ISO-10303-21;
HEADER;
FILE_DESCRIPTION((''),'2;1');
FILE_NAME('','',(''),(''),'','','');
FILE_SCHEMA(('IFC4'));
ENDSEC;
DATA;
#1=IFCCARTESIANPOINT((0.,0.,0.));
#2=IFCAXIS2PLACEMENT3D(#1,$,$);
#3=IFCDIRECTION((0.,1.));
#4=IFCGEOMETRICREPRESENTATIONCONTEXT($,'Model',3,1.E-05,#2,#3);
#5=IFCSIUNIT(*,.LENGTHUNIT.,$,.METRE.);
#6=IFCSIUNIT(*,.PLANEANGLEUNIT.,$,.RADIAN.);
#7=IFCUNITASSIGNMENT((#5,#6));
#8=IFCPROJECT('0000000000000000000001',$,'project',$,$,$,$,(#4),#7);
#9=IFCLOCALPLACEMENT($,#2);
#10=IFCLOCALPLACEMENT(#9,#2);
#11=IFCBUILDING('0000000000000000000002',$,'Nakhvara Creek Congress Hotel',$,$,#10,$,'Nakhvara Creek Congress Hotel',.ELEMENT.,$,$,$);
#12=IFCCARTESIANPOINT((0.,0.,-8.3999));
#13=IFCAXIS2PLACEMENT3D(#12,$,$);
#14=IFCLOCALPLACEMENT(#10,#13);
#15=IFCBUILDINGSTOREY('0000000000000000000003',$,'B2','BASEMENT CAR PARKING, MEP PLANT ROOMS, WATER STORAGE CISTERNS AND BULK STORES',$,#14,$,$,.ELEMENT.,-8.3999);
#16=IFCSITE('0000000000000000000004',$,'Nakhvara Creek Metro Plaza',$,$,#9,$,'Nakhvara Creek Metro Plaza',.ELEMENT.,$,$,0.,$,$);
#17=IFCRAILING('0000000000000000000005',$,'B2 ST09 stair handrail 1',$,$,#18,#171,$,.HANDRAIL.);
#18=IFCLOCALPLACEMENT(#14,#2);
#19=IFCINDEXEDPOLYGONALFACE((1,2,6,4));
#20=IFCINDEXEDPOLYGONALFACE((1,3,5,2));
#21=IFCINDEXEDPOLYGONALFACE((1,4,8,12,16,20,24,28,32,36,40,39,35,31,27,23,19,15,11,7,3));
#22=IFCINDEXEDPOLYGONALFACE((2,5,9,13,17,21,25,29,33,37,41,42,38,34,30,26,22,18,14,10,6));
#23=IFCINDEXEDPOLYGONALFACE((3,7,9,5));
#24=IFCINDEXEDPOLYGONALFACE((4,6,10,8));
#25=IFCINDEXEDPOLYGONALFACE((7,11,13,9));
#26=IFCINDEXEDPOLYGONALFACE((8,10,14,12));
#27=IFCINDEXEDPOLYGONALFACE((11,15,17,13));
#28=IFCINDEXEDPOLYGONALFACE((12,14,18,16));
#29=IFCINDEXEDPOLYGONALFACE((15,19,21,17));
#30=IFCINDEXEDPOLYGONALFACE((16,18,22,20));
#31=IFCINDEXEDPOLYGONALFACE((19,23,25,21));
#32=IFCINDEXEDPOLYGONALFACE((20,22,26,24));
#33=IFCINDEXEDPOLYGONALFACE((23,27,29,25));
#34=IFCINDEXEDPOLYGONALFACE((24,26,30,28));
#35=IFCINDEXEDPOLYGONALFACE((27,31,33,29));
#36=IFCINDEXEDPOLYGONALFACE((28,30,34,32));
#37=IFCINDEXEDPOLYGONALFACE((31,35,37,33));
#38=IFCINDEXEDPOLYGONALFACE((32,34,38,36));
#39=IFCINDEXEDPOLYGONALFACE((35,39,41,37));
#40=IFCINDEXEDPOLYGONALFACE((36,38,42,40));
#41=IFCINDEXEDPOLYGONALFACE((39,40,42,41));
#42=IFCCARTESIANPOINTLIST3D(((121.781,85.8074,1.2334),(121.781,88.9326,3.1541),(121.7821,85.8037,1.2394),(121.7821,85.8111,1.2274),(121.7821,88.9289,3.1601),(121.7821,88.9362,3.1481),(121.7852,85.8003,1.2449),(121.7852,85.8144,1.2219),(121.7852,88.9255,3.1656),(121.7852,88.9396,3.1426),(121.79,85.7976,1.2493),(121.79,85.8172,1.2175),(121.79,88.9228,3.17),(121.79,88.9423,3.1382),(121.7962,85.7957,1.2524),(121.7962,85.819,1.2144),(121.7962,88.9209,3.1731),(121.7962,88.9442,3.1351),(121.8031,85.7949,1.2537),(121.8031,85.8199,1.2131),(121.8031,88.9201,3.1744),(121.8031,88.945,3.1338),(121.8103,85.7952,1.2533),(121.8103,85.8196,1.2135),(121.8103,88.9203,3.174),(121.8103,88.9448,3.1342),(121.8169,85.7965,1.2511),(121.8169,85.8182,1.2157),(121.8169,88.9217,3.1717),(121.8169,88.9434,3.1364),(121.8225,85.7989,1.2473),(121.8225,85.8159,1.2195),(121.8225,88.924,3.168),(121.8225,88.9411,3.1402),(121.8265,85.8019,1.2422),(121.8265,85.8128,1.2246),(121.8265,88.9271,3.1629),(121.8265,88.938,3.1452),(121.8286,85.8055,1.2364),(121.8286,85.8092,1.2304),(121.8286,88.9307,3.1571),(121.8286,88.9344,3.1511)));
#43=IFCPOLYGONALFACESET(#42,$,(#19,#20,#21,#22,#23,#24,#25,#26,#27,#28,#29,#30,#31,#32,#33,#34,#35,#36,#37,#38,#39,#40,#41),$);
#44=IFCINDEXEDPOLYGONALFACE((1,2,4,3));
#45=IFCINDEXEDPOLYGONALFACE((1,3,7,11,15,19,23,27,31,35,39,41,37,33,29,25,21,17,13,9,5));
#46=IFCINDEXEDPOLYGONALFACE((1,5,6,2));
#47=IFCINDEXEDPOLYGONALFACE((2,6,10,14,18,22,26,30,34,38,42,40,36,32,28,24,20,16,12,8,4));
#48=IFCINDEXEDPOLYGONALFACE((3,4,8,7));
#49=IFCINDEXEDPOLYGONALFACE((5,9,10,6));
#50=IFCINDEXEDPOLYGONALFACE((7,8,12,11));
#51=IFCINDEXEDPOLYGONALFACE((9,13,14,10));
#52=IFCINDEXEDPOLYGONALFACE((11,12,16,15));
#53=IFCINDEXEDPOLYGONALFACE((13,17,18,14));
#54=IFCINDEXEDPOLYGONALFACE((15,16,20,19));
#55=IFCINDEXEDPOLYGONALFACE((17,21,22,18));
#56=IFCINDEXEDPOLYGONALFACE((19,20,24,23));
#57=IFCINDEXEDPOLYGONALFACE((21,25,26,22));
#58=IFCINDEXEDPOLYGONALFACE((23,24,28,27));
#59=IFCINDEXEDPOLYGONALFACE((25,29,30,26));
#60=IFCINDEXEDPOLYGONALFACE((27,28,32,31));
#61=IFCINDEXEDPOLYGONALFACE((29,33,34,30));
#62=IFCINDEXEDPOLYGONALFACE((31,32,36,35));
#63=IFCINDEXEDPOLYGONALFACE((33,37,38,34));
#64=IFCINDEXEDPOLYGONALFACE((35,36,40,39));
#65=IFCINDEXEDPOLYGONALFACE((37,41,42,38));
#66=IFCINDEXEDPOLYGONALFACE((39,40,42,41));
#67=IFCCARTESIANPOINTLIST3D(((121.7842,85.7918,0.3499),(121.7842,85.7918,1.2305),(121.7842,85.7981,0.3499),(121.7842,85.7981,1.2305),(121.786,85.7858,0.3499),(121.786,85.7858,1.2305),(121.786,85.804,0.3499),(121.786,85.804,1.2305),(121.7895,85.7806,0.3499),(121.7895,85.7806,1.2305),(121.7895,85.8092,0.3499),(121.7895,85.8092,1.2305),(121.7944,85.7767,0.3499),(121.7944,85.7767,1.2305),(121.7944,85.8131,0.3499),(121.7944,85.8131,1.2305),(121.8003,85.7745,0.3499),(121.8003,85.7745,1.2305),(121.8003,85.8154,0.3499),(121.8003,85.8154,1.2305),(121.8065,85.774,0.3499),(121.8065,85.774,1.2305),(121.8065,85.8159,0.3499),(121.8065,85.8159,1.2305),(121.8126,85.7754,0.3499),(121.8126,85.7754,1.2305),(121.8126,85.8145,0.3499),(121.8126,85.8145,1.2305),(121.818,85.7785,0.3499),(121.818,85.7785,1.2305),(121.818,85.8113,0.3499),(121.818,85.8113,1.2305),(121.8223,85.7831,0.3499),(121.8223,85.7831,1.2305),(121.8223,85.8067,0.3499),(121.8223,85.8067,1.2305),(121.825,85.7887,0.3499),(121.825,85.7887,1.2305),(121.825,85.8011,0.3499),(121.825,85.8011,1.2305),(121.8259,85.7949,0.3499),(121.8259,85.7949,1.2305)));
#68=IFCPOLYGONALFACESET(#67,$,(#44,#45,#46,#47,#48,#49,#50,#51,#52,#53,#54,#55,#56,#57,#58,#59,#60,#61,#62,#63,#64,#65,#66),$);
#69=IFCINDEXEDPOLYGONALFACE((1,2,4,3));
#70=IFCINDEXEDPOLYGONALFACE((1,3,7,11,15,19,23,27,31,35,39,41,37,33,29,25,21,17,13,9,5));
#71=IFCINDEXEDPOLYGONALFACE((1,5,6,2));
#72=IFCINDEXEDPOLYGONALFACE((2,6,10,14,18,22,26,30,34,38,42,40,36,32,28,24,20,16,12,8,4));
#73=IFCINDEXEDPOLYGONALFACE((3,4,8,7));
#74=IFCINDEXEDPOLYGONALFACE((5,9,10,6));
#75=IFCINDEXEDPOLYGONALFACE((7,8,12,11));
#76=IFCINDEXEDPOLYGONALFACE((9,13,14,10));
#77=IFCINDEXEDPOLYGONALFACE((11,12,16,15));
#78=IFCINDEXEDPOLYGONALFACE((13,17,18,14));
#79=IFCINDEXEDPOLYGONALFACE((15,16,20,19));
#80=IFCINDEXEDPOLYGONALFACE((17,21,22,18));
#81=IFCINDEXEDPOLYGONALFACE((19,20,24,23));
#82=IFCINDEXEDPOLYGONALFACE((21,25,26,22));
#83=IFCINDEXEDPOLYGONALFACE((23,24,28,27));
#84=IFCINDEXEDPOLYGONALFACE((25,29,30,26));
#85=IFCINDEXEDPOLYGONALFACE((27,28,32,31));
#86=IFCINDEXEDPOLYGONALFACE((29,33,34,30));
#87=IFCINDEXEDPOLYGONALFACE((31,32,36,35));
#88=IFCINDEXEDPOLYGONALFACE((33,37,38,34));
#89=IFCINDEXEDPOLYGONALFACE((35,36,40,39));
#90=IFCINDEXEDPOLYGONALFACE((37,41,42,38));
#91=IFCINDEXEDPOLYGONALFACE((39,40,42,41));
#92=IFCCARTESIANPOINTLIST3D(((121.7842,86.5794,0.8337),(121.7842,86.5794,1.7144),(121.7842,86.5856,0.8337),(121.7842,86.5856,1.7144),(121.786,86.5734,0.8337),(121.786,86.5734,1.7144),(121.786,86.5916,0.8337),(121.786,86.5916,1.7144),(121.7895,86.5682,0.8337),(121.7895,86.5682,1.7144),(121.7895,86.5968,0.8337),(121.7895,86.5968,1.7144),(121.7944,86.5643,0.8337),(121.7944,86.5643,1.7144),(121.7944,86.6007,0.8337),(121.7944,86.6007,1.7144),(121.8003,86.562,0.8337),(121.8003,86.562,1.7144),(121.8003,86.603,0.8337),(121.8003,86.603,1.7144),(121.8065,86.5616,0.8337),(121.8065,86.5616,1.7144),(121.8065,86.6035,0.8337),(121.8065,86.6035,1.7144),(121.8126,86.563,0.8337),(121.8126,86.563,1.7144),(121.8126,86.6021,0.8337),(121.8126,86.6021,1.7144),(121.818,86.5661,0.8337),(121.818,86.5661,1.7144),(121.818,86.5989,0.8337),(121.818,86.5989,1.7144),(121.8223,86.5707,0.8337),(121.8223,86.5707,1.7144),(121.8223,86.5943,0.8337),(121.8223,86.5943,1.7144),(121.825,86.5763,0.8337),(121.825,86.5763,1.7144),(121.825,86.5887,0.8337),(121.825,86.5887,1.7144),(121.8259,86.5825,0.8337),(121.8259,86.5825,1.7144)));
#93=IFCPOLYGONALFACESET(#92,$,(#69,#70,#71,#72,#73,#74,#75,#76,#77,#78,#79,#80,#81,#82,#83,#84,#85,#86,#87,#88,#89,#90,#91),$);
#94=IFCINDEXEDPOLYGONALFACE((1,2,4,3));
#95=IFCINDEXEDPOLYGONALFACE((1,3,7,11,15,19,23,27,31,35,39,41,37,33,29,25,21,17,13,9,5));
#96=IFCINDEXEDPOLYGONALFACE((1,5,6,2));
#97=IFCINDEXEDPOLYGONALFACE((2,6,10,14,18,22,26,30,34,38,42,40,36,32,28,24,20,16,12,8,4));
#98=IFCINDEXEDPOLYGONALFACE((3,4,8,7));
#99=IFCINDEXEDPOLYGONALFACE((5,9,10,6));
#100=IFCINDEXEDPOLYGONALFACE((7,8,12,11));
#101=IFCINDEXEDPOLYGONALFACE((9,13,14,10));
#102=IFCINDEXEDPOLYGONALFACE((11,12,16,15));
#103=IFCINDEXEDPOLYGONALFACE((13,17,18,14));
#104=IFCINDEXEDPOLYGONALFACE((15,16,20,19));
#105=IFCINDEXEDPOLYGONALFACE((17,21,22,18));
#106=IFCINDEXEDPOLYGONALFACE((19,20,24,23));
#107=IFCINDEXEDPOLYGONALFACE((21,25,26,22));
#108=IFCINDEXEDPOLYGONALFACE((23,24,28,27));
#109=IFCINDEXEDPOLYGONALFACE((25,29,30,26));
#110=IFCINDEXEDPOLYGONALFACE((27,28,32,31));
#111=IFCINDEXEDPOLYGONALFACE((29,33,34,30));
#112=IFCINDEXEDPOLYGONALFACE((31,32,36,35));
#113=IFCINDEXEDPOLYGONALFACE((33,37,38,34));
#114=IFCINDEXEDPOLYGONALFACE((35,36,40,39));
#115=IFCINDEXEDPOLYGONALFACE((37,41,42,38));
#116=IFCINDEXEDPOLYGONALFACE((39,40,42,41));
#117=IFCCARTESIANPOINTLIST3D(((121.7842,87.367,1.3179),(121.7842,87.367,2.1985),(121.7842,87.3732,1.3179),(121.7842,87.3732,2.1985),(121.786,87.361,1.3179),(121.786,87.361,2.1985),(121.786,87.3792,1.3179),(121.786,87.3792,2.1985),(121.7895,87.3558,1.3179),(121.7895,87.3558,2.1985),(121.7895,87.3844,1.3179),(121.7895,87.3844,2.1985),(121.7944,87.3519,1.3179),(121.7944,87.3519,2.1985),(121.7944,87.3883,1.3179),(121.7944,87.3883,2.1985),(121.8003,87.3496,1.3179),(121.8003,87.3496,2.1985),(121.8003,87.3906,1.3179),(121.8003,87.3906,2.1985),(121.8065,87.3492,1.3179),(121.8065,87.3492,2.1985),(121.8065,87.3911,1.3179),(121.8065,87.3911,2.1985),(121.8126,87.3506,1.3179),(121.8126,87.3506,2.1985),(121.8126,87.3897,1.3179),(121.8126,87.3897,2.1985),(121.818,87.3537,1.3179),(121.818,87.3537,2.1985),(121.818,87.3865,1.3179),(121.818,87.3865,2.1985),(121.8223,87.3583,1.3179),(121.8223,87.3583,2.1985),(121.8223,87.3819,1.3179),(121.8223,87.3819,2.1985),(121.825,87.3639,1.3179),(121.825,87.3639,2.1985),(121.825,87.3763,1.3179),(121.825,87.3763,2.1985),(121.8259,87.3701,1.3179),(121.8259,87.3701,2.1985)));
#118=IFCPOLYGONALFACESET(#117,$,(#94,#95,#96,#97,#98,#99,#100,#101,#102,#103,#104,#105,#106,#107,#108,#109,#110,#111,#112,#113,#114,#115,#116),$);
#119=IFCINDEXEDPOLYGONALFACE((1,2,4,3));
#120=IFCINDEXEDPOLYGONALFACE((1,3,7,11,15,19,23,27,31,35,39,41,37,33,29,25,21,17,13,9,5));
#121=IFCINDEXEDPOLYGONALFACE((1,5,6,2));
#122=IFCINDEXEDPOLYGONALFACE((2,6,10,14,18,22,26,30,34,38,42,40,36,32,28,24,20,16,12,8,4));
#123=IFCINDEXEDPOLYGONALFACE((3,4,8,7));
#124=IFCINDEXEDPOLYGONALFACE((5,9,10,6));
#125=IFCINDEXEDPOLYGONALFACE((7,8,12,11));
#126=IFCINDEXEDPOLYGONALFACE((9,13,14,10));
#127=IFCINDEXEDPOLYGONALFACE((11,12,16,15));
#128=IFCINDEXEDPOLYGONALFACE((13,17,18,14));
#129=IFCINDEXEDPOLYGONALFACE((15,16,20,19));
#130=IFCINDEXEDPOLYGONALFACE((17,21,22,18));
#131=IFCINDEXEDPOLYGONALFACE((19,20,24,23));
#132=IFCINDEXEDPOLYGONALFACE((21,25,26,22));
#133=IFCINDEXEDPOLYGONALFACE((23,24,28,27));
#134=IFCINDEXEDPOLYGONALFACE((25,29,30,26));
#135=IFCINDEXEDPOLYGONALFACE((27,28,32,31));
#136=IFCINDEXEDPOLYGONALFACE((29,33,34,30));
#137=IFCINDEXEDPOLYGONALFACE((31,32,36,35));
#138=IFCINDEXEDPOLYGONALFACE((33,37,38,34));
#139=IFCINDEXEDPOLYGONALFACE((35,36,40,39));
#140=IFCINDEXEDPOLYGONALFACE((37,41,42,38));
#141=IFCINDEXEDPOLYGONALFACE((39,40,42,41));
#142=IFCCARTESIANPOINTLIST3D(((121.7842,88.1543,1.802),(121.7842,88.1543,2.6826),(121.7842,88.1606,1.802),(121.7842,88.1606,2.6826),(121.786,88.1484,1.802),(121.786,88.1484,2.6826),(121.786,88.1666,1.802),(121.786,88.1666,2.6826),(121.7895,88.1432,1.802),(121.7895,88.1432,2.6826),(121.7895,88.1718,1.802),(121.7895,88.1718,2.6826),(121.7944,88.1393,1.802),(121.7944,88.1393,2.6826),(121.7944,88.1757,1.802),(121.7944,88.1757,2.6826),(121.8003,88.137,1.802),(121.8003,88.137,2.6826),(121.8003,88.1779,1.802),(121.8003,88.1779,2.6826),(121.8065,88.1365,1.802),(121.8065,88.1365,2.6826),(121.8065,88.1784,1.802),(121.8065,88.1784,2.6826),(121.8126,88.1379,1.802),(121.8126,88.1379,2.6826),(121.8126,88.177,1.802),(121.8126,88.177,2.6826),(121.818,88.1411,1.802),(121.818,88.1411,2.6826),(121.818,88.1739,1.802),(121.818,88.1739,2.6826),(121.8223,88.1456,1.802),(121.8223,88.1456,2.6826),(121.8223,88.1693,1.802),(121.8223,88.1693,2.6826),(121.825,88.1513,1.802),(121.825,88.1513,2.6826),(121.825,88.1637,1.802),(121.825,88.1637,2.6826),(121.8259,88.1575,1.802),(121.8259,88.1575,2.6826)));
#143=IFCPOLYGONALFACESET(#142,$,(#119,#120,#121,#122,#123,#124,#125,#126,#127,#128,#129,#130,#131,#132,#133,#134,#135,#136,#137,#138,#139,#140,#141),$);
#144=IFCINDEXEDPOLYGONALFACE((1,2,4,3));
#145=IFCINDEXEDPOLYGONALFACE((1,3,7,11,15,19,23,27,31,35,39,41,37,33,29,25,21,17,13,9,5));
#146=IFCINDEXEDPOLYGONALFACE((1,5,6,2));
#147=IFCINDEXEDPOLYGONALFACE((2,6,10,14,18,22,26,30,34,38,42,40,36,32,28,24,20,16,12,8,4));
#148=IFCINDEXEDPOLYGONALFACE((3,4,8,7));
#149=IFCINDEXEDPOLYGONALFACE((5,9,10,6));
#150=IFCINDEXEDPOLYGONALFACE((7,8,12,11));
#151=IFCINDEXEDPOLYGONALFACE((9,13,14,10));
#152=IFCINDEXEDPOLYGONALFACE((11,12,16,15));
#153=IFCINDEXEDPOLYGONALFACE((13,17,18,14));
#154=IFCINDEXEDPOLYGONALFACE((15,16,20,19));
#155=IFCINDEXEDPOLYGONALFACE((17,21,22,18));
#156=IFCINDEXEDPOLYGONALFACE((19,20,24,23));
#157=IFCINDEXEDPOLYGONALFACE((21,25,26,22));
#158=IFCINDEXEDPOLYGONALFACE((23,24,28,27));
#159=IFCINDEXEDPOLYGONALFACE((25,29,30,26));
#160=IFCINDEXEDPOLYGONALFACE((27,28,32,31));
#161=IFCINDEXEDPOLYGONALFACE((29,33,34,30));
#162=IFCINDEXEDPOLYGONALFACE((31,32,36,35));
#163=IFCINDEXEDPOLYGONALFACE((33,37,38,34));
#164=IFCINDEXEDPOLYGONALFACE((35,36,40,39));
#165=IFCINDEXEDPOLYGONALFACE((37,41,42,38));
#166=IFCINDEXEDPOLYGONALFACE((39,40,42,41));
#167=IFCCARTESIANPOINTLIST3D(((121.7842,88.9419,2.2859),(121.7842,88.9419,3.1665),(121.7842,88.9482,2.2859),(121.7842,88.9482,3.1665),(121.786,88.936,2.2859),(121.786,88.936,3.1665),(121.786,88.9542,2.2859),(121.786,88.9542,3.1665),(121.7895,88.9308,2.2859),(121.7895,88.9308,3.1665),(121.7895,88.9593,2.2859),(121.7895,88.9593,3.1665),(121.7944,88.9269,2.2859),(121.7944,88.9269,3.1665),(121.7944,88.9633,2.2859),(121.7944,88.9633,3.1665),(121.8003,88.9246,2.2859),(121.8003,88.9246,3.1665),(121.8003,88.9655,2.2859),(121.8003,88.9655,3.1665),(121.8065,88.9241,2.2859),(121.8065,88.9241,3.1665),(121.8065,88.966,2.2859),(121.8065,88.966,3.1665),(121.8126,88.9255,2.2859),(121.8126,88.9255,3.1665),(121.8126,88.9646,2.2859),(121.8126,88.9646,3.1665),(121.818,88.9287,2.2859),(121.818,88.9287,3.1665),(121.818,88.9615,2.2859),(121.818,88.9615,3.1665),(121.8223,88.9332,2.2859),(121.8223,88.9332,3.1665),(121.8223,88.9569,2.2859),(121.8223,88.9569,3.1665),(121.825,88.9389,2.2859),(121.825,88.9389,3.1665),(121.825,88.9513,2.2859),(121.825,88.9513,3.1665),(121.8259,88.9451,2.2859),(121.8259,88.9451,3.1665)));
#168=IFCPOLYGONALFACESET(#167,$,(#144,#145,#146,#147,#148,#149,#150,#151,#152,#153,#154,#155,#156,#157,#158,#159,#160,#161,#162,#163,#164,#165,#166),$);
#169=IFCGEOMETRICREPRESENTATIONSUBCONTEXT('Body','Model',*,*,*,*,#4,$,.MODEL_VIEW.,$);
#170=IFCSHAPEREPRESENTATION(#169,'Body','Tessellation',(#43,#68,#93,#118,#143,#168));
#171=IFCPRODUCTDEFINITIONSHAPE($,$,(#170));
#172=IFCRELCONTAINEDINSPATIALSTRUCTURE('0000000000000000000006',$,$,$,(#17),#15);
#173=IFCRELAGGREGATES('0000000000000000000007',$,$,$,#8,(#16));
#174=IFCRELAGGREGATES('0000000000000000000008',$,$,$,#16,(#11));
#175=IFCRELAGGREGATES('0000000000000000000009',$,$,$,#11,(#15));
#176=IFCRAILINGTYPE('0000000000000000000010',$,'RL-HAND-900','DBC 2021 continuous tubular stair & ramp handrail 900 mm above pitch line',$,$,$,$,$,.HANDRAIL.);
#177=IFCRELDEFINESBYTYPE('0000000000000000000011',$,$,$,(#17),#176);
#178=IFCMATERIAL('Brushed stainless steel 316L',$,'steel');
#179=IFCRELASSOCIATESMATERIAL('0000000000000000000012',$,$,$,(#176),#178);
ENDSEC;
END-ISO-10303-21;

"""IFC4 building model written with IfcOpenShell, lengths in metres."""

from ifc_helpers import new_model, si_unit, direction, frame, origin, origin_2d, place, context, subcontext, project, spatial, circle, extrude, material, type_object, element, save


model = new_model("IFC4")

# Units and contexts
model_context = context("Model", 3, precision=1e-05, world=origin(), true_north=direction((0.0, 1.0)))
body_context = subcontext(model_context, "Body", "Model", "MODEL_VIEW")
ifc_project = project(units=[si_unit("LENGTHUNIT", "METRE"), si_unit("PLANEANGLEUNIT", "RADIAN")], contexts=[model_context])

# Site, building, storey
site_placement = place(None, origin())
site = spatial("IfcSite", under=ifc_project, at=site_placement, Name="Nakhvara Creek Metro Plaza", LongName="Nakhvara Creek Metro Plaza", CompositionType="ELEMENT", RefElevation=0.0)
building_placement = place(site_placement, origin())
building = spatial("IfcBuilding", under=site, at=building_placement, Name="Nakhvara Creek Congress Hotel", LongName="Nakhvara Creek Congress Hotel", CompositionType="ELEMENT")
storey_placement = place(building_placement, frame((0.0, 0.0, -8.3999)))
storey = spatial("IfcBuildingStorey", under=building, at=storey_placement, Name="B2", Description="BASEMENT CAR PARKING, MEP PLANT ROOMS, WATER STORAGE CISTERNS AND BULK STORES", CompositionType="ELEMENT", Elevation=-8.3999)

# Railing
ifc_material_1 = material(Name="Brushed stainless steel 316L", Category="steel")
railing_type_1 = type_object("IfcRailingType", Name="RL-HAND-900", Description="DBC 2021 continuous tubular stair & ramp handrail 900 mm above pitch line", PredefinedType="HANDRAIL", material=ifc_material_1)
railing_1_placement = place(storey_placement, frame((121.8049, 85.7949, 0.3499)))
element("IfcRailing", 1, at=railing_1_placement, inside=storey, type_object=railing_type_1, Name="B2 ST09 stair handrail 1", PredefinedType="HANDRAIL", context=body_context, shape_type="SweptSolid", body=[
    extrude(circle(Radius=0.0239, at=origin_2d()), frame((0.0, 0.0125, 0.8835), z_axis=(0.0, 0.851962, 0.523604), x_axis=(-1.0, 0.0, 0.0)), (0.0, 0.0, 1.0), 3.6682),
    extrude(circle(Radius=0.021, at=origin_2d()), origin(), (0.0, 0.0, 1.0), 0.8806),
    extrude(circle(Radius=0.021, at=origin_2d()), frame((0.0, 0.7876, 0.4839)), (0.0, 0.0, 1.0), 0.8806),
    extrude(circle(Radius=0.021, at=origin_2d()), frame((0.0, 1.5752, 0.968)), (0.0, 0.0, 1.0), 0.8806),
    extrude(circle(Radius=0.021, at=origin_2d()), frame((0.0, 2.3625, 1.4521)), (0.0, 0.0, 1.0), 0.8806),
    extrude(circle(Radius=0.021, at=origin_2d()), frame((0.0, 3.1501, 1.936)), (0.0, 0.0, 1.0), 0.8806),
])

save(model, "model.ifc")
